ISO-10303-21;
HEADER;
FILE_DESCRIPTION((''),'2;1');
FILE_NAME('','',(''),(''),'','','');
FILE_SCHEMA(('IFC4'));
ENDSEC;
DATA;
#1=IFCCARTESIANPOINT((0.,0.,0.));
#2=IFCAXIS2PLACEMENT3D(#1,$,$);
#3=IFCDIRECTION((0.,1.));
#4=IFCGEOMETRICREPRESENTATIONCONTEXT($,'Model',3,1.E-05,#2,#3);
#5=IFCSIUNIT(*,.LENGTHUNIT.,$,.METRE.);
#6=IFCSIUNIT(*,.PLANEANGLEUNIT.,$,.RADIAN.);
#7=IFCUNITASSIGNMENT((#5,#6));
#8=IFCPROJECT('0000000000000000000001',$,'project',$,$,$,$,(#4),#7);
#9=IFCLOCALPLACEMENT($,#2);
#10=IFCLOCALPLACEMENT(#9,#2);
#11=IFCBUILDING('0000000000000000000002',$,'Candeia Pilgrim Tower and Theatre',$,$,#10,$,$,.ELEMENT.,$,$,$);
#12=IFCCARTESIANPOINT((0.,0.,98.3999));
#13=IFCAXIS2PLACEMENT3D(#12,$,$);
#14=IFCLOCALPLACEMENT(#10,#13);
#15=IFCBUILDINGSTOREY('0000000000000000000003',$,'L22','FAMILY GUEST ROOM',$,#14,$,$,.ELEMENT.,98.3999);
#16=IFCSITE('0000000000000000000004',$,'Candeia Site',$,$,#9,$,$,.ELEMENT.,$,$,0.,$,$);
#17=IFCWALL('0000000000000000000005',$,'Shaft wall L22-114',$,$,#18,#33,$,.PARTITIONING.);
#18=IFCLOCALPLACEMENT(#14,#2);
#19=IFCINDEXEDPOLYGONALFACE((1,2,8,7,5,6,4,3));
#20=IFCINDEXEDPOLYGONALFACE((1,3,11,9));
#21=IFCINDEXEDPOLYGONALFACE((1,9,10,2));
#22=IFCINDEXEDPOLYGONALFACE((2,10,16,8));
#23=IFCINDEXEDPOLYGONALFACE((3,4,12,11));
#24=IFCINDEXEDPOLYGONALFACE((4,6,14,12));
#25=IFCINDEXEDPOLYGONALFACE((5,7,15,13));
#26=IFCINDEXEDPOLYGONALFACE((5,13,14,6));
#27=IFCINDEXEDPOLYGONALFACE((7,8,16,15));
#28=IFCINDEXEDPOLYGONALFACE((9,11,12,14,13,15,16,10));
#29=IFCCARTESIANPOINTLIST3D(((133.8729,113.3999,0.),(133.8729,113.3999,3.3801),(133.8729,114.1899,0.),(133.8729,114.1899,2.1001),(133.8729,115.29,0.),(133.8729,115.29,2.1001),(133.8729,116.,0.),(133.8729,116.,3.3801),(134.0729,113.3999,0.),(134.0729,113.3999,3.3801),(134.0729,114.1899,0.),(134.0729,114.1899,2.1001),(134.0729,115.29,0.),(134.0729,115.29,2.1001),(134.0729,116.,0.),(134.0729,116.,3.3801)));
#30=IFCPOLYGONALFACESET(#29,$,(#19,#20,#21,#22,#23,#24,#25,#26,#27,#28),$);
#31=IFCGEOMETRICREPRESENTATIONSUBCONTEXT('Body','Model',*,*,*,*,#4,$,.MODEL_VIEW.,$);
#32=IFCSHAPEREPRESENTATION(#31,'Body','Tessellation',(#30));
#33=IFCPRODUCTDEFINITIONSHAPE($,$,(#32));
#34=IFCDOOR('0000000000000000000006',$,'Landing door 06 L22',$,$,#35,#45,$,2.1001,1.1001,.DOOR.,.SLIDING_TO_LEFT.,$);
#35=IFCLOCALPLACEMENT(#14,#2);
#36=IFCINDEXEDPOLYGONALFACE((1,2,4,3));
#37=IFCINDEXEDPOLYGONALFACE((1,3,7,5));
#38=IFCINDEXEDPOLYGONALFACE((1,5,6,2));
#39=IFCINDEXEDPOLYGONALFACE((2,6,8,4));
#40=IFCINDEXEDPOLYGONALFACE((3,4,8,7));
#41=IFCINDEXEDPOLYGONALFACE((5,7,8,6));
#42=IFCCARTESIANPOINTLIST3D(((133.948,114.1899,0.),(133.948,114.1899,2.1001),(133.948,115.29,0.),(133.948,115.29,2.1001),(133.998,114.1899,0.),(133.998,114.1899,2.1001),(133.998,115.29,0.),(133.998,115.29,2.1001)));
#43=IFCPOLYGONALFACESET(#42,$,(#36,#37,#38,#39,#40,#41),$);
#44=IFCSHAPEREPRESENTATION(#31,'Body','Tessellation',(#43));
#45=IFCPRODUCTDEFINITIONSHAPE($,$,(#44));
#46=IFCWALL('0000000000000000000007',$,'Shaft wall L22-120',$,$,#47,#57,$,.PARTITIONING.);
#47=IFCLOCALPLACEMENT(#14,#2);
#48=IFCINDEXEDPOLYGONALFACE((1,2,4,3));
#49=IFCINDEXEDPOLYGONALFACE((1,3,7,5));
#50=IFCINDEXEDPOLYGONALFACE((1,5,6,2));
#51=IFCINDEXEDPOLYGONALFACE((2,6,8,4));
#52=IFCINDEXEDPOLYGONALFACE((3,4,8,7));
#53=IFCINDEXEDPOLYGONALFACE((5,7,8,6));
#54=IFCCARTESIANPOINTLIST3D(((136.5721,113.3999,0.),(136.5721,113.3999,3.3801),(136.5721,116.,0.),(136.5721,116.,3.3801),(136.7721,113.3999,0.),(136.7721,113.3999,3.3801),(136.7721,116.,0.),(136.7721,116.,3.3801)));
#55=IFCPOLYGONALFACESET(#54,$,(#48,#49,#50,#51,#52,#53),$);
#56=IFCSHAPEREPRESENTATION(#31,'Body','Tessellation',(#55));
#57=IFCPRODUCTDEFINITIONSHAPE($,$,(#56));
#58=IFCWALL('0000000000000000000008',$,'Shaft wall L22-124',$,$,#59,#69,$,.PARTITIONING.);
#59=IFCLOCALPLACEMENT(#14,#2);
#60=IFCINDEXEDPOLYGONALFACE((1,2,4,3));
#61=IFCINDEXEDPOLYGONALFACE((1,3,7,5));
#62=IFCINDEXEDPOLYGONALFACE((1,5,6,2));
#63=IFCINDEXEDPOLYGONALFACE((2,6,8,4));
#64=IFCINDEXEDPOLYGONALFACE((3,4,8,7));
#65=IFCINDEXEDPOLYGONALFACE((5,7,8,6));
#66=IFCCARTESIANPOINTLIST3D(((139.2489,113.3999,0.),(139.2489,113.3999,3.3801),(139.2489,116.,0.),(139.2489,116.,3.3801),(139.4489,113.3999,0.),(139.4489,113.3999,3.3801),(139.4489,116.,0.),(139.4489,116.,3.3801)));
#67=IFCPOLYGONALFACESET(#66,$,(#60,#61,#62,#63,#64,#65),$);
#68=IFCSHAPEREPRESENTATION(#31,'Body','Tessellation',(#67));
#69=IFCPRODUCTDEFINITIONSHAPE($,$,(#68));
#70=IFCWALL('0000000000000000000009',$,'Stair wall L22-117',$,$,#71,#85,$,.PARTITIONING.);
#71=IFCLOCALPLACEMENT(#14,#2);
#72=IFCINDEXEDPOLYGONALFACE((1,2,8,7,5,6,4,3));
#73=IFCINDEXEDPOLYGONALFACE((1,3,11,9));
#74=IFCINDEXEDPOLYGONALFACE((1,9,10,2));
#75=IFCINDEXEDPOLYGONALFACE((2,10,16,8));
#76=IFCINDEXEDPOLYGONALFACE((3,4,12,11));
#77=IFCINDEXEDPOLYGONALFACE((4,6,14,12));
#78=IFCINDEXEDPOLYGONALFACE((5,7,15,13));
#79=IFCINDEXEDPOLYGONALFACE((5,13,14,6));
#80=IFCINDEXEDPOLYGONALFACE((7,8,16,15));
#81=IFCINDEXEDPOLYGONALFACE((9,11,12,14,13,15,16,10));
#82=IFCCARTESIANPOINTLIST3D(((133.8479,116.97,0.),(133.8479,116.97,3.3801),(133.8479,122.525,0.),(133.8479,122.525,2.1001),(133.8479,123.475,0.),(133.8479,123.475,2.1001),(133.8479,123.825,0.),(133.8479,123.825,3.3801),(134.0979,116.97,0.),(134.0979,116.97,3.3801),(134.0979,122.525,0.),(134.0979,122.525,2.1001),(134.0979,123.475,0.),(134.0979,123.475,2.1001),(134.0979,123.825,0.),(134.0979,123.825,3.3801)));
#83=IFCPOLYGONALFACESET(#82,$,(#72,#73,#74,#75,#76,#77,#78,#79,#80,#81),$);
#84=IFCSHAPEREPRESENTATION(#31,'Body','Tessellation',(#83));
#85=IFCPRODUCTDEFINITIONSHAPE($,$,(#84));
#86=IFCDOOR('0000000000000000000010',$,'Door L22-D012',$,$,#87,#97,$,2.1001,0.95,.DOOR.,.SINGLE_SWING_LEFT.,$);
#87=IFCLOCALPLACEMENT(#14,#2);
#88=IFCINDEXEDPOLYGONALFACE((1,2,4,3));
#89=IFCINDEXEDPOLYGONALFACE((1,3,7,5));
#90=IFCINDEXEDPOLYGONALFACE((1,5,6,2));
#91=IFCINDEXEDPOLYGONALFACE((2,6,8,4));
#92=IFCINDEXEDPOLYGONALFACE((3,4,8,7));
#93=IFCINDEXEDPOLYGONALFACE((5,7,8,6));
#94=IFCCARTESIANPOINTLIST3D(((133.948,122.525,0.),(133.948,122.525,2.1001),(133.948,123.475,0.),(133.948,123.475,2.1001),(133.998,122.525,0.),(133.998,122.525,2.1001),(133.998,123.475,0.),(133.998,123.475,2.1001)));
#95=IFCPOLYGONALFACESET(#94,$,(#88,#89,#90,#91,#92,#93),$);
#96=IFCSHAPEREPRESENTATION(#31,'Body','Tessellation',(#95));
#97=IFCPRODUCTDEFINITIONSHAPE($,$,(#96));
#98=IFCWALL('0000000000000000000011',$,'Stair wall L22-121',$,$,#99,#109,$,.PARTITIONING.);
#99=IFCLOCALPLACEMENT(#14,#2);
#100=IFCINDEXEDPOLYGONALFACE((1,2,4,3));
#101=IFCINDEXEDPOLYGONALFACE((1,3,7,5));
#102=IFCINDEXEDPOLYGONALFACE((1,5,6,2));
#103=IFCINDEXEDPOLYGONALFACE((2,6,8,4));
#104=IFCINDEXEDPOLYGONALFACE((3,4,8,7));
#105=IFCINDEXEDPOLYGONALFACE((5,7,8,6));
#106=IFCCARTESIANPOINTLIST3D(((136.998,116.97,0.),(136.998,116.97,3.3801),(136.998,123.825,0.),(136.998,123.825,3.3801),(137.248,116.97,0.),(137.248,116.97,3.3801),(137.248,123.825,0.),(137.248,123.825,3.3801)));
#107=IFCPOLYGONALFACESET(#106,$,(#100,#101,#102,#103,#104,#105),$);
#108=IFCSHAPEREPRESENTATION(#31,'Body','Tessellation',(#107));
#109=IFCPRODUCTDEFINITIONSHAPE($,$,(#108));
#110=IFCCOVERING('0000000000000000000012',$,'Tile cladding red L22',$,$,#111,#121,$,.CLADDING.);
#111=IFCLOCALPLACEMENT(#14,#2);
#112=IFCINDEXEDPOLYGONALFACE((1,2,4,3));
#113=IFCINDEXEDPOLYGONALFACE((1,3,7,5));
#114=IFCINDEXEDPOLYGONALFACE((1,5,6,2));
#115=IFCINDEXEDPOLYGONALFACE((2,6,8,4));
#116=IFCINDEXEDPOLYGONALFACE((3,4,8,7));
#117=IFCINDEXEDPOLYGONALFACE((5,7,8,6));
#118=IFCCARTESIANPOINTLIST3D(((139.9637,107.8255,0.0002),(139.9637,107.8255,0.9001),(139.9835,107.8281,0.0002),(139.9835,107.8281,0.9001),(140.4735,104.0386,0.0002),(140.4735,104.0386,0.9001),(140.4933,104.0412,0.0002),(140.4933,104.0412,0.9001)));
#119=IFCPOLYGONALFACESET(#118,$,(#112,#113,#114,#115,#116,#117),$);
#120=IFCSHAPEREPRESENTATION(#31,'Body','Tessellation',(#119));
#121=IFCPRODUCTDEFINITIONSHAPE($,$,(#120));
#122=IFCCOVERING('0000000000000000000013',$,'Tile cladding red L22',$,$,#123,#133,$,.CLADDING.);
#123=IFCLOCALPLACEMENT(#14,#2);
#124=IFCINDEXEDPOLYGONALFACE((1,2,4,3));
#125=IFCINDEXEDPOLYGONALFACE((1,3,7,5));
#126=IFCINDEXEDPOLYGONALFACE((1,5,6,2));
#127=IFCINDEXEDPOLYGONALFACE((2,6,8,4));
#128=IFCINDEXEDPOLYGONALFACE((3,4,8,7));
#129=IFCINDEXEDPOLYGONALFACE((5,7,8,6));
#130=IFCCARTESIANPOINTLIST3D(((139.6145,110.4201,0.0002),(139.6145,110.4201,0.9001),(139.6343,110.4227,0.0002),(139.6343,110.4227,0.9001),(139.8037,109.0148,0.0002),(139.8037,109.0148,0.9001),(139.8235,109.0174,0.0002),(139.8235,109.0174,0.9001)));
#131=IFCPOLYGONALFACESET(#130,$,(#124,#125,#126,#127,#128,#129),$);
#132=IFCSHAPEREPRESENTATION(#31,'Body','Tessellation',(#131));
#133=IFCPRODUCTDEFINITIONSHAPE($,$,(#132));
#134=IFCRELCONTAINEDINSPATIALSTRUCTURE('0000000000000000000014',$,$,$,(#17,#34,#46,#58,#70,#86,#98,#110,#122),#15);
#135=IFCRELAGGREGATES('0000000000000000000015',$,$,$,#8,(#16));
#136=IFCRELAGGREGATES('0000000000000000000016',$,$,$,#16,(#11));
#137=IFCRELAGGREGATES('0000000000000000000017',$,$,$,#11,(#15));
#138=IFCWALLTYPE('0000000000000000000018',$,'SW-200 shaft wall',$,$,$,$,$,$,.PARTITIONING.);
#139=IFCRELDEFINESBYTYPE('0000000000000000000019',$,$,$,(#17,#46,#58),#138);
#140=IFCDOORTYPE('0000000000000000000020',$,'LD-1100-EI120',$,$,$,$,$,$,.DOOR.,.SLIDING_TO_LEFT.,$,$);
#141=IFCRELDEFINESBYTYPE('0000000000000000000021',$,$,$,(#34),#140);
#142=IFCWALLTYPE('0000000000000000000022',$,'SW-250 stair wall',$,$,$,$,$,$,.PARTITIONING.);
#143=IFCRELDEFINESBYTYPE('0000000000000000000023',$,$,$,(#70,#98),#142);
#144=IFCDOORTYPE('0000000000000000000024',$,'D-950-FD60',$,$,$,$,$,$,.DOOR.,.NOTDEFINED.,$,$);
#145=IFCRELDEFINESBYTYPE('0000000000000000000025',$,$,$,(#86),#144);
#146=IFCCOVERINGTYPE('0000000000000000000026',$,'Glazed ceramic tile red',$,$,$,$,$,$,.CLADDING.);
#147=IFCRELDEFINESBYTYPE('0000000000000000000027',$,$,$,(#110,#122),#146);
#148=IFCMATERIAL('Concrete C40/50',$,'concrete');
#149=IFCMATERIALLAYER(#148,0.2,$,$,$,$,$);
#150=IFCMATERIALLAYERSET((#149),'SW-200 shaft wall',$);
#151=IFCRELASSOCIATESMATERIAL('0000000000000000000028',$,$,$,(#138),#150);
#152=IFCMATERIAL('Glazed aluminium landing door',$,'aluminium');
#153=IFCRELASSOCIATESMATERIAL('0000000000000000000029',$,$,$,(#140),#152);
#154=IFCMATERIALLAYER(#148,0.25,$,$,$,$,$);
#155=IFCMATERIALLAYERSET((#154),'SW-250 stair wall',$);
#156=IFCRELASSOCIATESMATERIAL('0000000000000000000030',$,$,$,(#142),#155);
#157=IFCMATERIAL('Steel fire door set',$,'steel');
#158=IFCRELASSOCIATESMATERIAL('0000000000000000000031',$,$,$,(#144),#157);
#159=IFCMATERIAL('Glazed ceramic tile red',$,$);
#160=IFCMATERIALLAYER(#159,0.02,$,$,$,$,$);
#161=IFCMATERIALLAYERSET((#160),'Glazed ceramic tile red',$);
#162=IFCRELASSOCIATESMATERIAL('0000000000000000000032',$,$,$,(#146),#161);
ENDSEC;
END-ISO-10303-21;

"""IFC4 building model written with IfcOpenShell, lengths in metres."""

from ifc_helpers import new_model, si_unit, direction, frame, frame_2d, origin, origin_2d, place, context, subcontext, project, spatial, rectangle, extrude, material, layer, layer_set, type_object, element, fill, save


model = new_model("IFC4")

# Units and contexts
model_context = context("Model", 3, precision=1e-05, world=origin(), true_north=direction((0.0, 1.0)))
body_context = subcontext(model_context, "Body", "Model", "MODEL_VIEW")
ifc_project = project(units=[si_unit("LENGTHUNIT", "METRE"), si_unit("PLANEANGLEUNIT", "RADIAN")], contexts=[model_context])

# Site, building, storey
site_placement = place(None, origin())
site = spatial("IfcSite", under=ifc_project, at=site_placement, Name="Candeia Site", CompositionType="ELEMENT", RefElevation=0.0)
building_placement = place(site_placement, origin())
building = spatial("IfcBuilding", under=site, at=building_placement, Name="Candeia Pilgrim Tower and Theatre", CompositionType="ELEMENT")
storey_placement = place(building_placement, frame((0.0, 0.0, 98.3999)))
storey = spatial("IfcBuildingStorey", under=building, at=storey_placement, Name="L22", Description="FAMILY GUEST ROOM", CompositionType="ELEMENT", Elevation=98.3999)

# Shared definitions
ifc_material_1 = material(Name="Steel fire door set", Category="steel")

# Wall, opening, door
ifc_material_2 = material(Name="Concrete C40/50", Category="concrete")
ifc_layer_1 = layer(ifc_material_2, 0.2)
ifc_layer_set_1 = layer_set([ifc_layer_1], Name="SW-200 shaft wall")
wall_type_1 = type_object("IfcWallType", Name="SW-200 shaft wall", PredefinedType="PARTITIONING", material=ifc_layer_set_1)
wall_1_placement = place(storey_placement, frame((133.9729, 113.3999, 0.0), z_axis=(0.0, 0.0, 1.0), x_axis=(0.0, 1.0, 0.0)))
wall_1 = element("IfcWall", 1, at=wall_1_placement, inside=storey, type_object=wall_type_1, Name="Shaft wall L22-114", PredefinedType="PARTITIONING", context=body_context, shape_type="SweptSolid", body=[
    extrude(rectangle(XDim=2.6001, YDim=0.2, at=frame_2d((1.3, 0.0))), origin(), (0.0, 0.0, 1.0), 3.3801),
])
opening_1_placement = place(wall_1_placement, frame((0.79, 0.0, 0.0)))
opening_1 = element("IfcOpeningElement", 2, at=opening_1_placement, cuts=wall_1, PredefinedType="OPENING", context=body_context, shape_type="SweptSolid", body=[
    extrude(rectangle(XDim=1.1001, YDim=2.1001, at=frame_2d((0.55, 1.05))), frame((0.0, 0.1099, 0.0), z_axis=(0.0, -1.0, 0.0), x_axis=(1.0, 0.0, 0.0)), (0.0, 0.0, 1.0), 0.22),
])
ifc_material_3 = material(Name="Glazed aluminium landing door", Category="aluminium")
door_type_1 = type_object("IfcDoorType", Name="LD-1100-EI120", OperationType="SLIDING_TO_LEFT", PredefinedType="DOOR", material=ifc_material_3)
door_1_placement = place(opening_1_placement, origin())
door_1 = element("IfcDoor", 3, at=door_1_placement, inside=storey, type_object=door_type_1, Name="Landing door 06 L22", OperationType="SLIDING_TO_LEFT", OverallHeight=2.1001, OverallWidth=1.1001, PredefinedType="DOOR", context=body_context, shape_type="SweptSolid", body=[
    extrude(rectangle(XDim=1.1001, YDim=2.1001, at=frame_2d((0.55, 1.05))), frame((0.0, 0.0249, 0.0), z_axis=(0.0, -1.0, 0.0), x_axis=(1.0, 0.0, 0.0)), (0.0, 0.0, 1.0), 0.05),
])
fill(opening_1, door_1)

# Walls
for number, where, z_axis, x_axis, name in (
    (4, (136.6721, 113.3999, 0.0), (0.0, 0.0, 1.0), (0.0, 1.0, 0.0), "Shaft wall L22-120"),
    (5, (139.3489, 113.3999, 0.0), (0.0, 0.0, 1.0), (0.0, 1.0, 0.0), "Shaft wall L22-124"),
):
    element("IfcWall", number, at=place(storey_placement, frame(where, z_axis=z_axis, x_axis=x_axis)), inside=storey, type_object=wall_type_1, Name=name, PredefinedType="PARTITIONING", context=body_context, shape_type="SweptSolid", body=[
        extrude(rectangle(XDim=2.6001, YDim=0.2, at=frame_2d((1.3, 0.0))), origin(), (0.0, 0.0, 1.0), 3.3801),
    ])

# Wall, opening, door
ifc_layer_2 = layer(ifc_material_2, 0.25)
ifc_layer_set_2 = layer_set([ifc_layer_2], Name="SW-250 stair wall")
wall_type_2 = type_object("IfcWallType", Name="SW-250 stair wall", PredefinedType="PARTITIONING", material=ifc_layer_set_2)
wall_2_placement = place(storey_placement, frame((133.9729, 116.97, 0.0), z_axis=(0.0, 0.0, 1.0), x_axis=(0.0, 1.0, 0.0)))
wall_2 = element("IfcWall", 6, at=wall_2_placement, inside=storey, type_object=wall_type_2, Name="Stair wall L22-117", PredefinedType="PARTITIONING", context=body_context, shape_type="SweptSolid", body=[
    extrude(rectangle(XDim=6.855, YDim=0.25, at=frame_2d((3.4275, 0.0))), origin(), (0.0, 0.0, 1.0), 3.3801),
])
opening_2_placement = place(wall_2_placement, frame((5.5549, 0.0, 0.0)))
opening_2 = element("IfcOpeningElement", 7, at=opening_2_placement, cuts=wall_2, PredefinedType="OPENING", context=body_context, shape_type="SweptSolid", body=[
    extrude(rectangle(XDim=0.95, YDim=2.1001, at=frame_2d((0.4751, 1.05))), frame((0.0, 0.135, 0.0), z_axis=(0.0, -1.0, 0.0), x_axis=(1.0, 0.0, 0.0)), (0.0, 0.0, 1.0), 0.27),
])
door_type_2 = type_object("IfcDoorType", Name="D-950-FD60", OperationType="NOTDEFINED", PredefinedType="DOOR", material=ifc_material_1)
door_2_placement = place(opening_2_placement, origin())
door_2 = element("IfcDoor", 8, at=door_2_placement, inside=storey, type_object=door_type_2, Name="Door L22-D012", OperationType="SINGLE_SWING_LEFT", OverallHeight=2.1001, OverallWidth=0.95, PredefinedType="DOOR", context=body_context, shape_type="SweptSolid", body=[
    extrude(rectangle(XDim=0.95, YDim=2.1001, at=frame_2d((0.4751, 1.05))), frame((0.0, 0.0249, 0.0), z_axis=(0.0, -1.0, 0.0), x_axis=(1.0, 0.0, 0.0)), (0.0, 0.0, 1.0), 0.05),
])
fill(opening_2, door_2)

# Wall
wall_3_placement = place(storey_placement, frame((137.123, 116.97, 0.0), z_axis=(0.0, 0.0, 1.0), x_axis=(0.0, 1.0, 0.0)))
element("IfcWall", 9, at=wall_3_placement, inside=storey, type_object=wall_type_2, Name="Stair wall L22-121", PredefinedType="PARTITIONING", context=body_context, shape_type="SweptSolid", body=[
    extrude(rectangle(XDim=6.855, YDim=0.25, at=frame_2d((3.4275, 0.0))), origin(), (0.0, 0.0, 1.0), 3.3801),
])

# Coverings
ifc_material_4 = material(Name="Glazed ceramic tile red")
ifc_layer_3 = layer(ifc_material_4, 0.02)
ifc_layer_set_3 = layer_set([ifc_layer_3], Name="Glazed ceramic tile red")
covering_type = type_object("IfcCoveringType", Name="Glazed ceramic tile red", PredefinedType="CLADDING", material=ifc_layer_set_3)
covering_1_placement = place(storey_placement, frame((140.2285, 105.9333, 0.0002), z_axis=(0.0, 0.0, 1.0), x_axis=(-0.133412, 0.991061, 0.0)))
element("IfcCovering", 10, at=covering_1_placement, inside=storey, type_object=covering_type, Name="Tile cladding red L22", PredefinedType="CLADDING", context=body_context, shape_type="SweptSolid", body=[
    extrude(rectangle(XDim=3.821, YDim=0.02, at=origin_2d()), origin(), (0.0, 0.0, 1.0), 0.8999),
])
covering_2_placement = place(storey_placement, frame((139.719, 109.7188, 0.0002), z_axis=(0.0, 0.0, 1.0), x_axis=(-0.133412, 0.991061, 0.0)))
element("IfcCovering", 11, at=covering_2_placement, inside=storey, type_object=covering_type, Name="Tile cladding red L22", PredefinedType="CLADDING", context=body_context, shape_type="SweptSolid", body=[
    extrude(rectangle(XDim=1.418, YDim=0.02, at=origin_2d()), origin(), (0.0, 0.0, 1.0), 0.8999),
])

save(model, "model.ifc")
